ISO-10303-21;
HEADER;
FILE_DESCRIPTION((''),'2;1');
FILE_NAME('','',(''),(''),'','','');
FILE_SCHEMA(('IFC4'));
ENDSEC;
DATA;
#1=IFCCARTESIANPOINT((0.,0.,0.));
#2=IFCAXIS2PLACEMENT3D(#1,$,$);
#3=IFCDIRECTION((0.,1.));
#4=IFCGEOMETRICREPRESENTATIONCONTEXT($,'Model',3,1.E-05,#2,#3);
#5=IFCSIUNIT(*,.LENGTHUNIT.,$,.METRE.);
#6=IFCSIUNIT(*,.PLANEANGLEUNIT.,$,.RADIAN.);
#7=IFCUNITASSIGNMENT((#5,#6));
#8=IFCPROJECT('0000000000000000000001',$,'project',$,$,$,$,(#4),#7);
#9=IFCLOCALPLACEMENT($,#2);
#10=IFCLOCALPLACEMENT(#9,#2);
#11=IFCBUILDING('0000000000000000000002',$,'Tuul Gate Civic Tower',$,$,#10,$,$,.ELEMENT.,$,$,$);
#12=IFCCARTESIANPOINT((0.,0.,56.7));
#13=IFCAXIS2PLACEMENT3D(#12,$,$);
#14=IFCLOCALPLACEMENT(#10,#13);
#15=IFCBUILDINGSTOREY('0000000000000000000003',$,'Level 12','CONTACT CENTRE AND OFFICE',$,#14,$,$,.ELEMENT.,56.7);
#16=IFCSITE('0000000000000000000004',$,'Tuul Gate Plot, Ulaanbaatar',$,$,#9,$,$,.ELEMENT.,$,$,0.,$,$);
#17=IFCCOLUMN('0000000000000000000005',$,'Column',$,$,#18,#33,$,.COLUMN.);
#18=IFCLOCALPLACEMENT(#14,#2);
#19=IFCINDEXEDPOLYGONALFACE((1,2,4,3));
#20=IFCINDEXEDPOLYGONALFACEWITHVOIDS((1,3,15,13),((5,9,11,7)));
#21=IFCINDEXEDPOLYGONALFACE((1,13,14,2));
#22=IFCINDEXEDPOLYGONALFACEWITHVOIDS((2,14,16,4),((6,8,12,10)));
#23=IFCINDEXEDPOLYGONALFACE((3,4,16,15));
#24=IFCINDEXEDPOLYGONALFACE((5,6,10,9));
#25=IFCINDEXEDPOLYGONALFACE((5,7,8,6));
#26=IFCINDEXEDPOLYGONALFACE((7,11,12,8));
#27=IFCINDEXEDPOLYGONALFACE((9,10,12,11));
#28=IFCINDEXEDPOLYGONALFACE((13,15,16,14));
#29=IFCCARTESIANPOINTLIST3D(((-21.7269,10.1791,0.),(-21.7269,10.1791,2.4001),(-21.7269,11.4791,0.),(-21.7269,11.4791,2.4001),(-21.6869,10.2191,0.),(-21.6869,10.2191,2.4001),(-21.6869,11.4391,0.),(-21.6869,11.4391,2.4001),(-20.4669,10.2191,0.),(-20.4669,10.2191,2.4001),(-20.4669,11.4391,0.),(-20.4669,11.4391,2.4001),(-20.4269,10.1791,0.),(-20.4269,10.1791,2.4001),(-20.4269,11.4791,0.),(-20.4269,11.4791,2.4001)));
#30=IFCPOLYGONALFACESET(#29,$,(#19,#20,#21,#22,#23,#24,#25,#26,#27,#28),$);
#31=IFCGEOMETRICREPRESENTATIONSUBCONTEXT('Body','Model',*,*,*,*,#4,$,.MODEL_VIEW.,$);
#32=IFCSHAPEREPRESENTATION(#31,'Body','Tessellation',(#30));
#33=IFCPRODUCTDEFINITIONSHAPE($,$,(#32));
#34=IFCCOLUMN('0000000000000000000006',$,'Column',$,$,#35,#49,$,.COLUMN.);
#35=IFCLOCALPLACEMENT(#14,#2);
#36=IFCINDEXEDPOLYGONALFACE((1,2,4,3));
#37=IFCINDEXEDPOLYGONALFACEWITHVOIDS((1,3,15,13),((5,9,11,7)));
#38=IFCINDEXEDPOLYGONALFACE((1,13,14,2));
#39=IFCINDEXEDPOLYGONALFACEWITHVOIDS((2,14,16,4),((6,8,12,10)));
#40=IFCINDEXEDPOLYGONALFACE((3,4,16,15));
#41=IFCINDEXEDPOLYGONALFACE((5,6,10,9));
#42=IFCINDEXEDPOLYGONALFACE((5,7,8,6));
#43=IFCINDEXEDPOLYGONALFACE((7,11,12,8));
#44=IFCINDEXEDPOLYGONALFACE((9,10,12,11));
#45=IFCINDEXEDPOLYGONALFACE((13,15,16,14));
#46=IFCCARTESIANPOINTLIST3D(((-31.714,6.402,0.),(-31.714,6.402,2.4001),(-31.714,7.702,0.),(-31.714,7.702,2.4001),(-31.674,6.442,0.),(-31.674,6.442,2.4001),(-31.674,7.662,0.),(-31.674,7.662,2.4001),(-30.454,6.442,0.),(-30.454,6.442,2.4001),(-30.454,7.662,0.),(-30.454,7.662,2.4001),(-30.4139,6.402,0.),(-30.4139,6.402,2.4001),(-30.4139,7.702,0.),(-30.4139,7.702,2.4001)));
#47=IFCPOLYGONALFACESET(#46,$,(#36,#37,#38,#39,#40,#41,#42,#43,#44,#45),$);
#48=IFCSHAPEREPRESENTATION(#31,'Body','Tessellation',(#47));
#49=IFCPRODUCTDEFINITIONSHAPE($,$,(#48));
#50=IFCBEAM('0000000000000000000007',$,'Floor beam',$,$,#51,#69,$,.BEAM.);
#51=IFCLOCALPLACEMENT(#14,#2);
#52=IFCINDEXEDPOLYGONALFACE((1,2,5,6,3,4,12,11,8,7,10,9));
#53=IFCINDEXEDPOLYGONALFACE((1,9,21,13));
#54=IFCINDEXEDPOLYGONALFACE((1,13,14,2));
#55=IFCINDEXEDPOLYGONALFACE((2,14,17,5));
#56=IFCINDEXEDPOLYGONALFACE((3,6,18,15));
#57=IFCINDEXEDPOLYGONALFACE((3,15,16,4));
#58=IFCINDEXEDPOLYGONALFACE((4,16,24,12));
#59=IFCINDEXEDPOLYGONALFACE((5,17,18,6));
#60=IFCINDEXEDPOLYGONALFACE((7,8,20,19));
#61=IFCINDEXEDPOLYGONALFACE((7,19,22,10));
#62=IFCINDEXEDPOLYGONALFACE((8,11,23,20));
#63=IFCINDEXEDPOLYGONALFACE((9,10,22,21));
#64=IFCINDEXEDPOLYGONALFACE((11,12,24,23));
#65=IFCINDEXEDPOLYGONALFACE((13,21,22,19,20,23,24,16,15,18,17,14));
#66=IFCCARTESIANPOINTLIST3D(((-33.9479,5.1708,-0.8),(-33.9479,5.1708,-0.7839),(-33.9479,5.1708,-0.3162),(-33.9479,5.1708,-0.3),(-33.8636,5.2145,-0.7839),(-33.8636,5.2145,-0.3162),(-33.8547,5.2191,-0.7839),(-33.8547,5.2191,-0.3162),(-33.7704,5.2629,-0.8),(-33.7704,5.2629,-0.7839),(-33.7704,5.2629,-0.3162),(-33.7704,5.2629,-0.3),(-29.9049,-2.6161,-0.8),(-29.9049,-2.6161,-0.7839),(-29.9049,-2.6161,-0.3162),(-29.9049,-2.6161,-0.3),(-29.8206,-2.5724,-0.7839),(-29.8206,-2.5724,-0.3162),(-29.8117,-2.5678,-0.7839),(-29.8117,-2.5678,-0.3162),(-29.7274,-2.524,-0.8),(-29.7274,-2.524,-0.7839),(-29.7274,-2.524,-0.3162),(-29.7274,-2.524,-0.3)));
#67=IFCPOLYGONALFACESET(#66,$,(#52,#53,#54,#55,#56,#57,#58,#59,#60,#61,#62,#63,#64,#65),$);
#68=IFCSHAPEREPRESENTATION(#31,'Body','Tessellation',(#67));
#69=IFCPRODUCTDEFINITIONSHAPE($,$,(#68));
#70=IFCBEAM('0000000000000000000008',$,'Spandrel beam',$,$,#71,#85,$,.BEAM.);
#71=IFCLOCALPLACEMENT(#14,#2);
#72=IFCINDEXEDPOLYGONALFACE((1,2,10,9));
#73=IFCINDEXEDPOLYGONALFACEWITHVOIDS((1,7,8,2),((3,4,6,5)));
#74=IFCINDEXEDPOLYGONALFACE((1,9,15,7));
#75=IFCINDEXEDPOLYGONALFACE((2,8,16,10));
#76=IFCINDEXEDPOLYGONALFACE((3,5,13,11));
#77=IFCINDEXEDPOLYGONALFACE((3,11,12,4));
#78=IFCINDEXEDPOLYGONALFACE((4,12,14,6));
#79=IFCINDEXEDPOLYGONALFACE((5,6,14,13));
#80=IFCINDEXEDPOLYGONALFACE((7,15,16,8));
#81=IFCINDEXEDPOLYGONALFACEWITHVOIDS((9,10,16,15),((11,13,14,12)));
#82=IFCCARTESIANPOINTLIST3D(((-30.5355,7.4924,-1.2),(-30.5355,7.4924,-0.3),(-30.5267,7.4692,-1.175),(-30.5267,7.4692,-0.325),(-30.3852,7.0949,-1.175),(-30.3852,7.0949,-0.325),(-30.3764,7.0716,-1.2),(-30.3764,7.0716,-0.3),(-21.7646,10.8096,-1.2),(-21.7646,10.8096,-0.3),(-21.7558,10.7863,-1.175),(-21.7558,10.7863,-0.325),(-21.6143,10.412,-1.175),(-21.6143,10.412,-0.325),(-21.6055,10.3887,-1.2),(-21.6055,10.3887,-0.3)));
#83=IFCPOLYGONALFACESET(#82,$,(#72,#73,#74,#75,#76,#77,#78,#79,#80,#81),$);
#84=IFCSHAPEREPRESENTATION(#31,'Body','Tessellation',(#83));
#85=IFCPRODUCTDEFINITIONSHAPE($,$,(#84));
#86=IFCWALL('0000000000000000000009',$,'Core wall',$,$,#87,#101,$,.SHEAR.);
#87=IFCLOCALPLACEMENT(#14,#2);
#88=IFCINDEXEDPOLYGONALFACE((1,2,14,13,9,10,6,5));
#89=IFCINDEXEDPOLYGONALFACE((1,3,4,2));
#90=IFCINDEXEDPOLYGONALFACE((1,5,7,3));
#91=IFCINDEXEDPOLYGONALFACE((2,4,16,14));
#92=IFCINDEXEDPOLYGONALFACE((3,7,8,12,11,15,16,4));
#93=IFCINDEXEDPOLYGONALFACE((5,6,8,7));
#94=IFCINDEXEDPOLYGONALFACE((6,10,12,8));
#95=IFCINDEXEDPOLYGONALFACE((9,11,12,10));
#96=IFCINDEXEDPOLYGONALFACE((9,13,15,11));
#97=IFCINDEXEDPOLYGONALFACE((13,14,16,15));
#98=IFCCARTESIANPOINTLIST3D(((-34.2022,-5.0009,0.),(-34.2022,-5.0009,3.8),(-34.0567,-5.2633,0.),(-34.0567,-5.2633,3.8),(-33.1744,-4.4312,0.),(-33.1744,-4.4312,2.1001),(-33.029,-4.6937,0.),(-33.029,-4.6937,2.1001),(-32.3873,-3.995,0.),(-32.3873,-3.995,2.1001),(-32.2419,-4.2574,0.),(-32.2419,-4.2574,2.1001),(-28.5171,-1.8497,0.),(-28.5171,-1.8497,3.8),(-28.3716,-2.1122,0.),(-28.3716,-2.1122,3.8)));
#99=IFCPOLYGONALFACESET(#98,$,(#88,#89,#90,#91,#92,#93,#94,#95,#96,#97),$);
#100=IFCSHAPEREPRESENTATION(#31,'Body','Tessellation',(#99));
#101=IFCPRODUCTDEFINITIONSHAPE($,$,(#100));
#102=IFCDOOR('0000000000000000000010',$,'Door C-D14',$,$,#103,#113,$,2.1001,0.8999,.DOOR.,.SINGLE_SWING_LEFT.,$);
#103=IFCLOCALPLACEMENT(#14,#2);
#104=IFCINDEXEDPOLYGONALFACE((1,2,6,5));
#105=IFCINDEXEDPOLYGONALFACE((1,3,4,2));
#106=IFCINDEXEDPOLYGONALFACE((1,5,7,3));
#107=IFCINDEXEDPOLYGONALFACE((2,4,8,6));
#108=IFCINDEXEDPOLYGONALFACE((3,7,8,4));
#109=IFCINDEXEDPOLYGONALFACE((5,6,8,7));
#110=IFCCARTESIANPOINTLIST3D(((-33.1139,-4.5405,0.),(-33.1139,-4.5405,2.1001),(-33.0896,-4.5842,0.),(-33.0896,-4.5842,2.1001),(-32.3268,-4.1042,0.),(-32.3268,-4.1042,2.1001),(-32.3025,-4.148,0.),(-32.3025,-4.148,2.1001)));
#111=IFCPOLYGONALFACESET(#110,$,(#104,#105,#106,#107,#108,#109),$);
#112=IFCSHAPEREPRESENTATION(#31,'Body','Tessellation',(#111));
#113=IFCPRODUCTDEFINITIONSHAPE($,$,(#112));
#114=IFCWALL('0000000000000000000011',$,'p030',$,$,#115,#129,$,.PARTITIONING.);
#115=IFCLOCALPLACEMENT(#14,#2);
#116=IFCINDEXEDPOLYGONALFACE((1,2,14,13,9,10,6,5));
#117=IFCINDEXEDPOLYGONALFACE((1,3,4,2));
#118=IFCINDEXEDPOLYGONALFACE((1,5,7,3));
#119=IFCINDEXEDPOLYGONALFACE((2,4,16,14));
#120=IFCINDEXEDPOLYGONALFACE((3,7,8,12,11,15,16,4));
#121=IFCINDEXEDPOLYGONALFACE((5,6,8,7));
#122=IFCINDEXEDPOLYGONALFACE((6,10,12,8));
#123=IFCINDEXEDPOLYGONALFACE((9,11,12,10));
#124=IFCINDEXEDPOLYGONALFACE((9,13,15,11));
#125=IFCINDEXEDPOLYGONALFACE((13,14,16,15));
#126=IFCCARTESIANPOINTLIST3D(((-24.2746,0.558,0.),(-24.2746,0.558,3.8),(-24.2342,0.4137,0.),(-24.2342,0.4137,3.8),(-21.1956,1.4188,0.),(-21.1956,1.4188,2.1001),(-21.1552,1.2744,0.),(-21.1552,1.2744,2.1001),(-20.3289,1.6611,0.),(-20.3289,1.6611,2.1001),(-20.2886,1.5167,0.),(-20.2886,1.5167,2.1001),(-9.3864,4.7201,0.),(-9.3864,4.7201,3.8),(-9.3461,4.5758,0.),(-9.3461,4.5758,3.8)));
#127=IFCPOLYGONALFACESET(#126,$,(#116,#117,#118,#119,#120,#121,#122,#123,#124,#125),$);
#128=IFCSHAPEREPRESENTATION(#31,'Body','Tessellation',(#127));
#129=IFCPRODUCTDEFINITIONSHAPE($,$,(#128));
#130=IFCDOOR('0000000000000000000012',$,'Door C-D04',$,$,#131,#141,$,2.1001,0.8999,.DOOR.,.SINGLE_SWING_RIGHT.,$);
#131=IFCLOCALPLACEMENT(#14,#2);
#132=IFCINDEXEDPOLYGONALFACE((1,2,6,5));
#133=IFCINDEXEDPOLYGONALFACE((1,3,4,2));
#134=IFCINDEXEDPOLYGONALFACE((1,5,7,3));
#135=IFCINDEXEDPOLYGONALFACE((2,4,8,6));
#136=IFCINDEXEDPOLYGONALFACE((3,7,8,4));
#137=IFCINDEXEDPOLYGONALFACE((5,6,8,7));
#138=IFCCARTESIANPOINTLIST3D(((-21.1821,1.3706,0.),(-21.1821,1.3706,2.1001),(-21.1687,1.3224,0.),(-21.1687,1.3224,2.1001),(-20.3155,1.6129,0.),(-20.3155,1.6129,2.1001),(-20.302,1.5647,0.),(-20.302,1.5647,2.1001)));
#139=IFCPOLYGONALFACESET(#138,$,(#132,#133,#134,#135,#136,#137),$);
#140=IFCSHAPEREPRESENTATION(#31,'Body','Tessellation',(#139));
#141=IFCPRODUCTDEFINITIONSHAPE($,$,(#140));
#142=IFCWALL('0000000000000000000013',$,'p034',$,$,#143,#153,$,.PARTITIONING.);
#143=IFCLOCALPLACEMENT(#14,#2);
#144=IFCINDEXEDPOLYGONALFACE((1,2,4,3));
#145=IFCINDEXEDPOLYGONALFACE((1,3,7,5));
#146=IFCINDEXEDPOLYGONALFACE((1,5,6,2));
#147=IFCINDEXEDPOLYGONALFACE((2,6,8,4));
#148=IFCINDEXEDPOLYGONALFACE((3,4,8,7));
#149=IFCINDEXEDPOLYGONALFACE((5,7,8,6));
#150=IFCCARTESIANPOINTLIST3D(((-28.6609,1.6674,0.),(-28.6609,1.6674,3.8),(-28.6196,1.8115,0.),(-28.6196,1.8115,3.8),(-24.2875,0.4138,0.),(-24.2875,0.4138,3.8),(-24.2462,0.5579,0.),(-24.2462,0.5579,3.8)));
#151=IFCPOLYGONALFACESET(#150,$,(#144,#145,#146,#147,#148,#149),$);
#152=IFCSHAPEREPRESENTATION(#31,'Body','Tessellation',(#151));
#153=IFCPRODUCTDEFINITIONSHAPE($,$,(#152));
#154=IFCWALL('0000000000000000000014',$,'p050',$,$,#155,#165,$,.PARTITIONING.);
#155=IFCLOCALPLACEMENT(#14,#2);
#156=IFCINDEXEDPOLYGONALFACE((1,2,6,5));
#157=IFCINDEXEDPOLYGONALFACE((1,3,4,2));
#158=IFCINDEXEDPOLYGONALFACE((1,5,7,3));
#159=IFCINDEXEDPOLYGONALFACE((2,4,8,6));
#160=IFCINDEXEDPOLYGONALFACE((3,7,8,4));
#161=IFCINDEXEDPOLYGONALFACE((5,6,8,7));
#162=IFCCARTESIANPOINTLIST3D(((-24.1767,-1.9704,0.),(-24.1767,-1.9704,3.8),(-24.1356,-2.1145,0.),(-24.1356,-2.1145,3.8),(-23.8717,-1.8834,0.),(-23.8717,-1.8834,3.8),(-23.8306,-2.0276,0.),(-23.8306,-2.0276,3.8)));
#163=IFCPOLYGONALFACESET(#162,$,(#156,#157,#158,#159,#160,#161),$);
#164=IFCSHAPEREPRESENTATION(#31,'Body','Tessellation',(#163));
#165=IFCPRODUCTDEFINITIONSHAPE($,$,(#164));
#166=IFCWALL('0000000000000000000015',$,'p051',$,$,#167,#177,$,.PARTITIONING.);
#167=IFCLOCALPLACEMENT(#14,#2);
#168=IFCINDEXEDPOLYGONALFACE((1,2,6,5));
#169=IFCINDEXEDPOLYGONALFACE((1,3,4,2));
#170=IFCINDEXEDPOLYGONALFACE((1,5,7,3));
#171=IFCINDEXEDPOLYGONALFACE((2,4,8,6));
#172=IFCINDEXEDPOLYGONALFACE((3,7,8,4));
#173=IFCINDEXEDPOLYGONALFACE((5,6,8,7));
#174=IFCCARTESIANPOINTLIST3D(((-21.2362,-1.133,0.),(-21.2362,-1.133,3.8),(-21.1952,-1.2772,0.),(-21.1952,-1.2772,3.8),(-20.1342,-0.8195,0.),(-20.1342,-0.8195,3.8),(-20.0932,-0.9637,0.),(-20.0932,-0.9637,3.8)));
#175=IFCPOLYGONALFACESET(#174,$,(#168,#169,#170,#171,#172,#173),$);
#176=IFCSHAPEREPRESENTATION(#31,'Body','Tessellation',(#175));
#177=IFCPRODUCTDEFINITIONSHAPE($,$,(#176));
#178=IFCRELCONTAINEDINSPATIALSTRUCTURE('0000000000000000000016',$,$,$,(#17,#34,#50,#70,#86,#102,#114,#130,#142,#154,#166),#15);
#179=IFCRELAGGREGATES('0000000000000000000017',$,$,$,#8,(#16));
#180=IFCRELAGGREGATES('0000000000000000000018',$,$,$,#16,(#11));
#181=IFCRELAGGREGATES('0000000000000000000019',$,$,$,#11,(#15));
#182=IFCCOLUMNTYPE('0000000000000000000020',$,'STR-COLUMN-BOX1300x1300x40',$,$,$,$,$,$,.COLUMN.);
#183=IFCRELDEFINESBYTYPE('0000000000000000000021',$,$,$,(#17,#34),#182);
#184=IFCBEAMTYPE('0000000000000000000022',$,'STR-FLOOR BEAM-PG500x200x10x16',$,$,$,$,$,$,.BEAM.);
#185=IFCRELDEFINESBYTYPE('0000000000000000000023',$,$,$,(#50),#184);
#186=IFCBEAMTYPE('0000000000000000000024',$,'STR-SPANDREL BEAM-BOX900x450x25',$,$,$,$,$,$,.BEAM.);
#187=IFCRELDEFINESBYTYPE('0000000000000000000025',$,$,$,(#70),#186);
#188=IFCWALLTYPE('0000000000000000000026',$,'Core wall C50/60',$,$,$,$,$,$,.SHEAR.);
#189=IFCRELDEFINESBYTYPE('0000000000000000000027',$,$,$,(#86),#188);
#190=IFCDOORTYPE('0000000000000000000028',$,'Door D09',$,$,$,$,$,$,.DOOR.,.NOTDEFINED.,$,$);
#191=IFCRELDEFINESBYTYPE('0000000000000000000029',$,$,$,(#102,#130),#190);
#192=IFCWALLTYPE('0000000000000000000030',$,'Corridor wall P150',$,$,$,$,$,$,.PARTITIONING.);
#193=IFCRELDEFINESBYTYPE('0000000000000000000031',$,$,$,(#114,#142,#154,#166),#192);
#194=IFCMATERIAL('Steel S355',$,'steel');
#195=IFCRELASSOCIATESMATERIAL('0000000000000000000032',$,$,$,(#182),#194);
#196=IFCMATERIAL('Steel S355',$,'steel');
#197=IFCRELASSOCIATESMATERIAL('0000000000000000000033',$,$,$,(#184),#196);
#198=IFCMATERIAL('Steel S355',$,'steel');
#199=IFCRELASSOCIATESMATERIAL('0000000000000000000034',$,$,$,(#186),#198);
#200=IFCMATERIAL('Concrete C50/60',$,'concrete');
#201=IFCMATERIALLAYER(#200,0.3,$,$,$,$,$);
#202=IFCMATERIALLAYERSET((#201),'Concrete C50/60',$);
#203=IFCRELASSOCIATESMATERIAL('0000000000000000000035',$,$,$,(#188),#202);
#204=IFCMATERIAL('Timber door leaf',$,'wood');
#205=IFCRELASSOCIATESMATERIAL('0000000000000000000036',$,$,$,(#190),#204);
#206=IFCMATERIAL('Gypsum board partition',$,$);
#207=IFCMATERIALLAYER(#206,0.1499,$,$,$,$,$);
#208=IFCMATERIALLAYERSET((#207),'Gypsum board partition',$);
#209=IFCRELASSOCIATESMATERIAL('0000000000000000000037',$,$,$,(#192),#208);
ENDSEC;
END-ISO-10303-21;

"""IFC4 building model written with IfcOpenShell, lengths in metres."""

from ifc_helpers import new_model, si_unit, direction, frame, frame_2d, origin, origin_2d, place, context, subcontext, project, spatial, rectangle, hollow_rectangle, i_section, extrude, material, layer, layer_set, material_profile, profile_set, type_object, element, fill, save


model = new_model("IFC4")

# Units and contexts
model_context = context("Model", 3, precision=1e-05, world=origin(), true_north=direction((0.0, 1.0)))
body_context = subcontext(model_context, "Body", "Model", "MODEL_VIEW")
ifc_project = project(units=[si_unit("LENGTHUNIT", "METRE"), si_unit("PLANEANGLEUNIT", "RADIAN")], contexts=[model_context])

# Site, building, storey
site_placement = place(None, origin())
site = spatial("IfcSite", under=ifc_project, at=site_placement, Name="Tuul Gate Plot, Ulaanbaatar", CompositionType="ELEMENT", RefElevation=0.0)
building_placement = place(site_placement, origin())
building = spatial("IfcBuilding", under=site, at=building_placement, Name="Tuul Gate Civic Tower", CompositionType="ELEMENT")
storey_placement = place(building_placement, frame((0.0, 0.0, 56.7)))
storey = spatial("IfcBuildingStorey", under=building, at=storey_placement, Name="Level 12", Description="CONTACT CENTRE AND OFFICE", CompositionType="ELEMENT", Elevation=56.7)

# Columns
ifc_material_1 = material(Name="Steel S355", Category="steel")
ifc_material_profile_1 = material_profile(ifc_material_1, hollow_rectangle(XDim=1.3, YDim=1.3, WallThickness=0.04, at=origin_2d()), Name="BOX1300x1300x40")
ifc_profile_set_1 = profile_set([ifc_material_profile_1], Name="Steel S355")
column_type = type_object("IfcColumnType", Name="STR-COLUMN-BOX1300x1300x40", PredefinedType="COLUMN", material=ifc_profile_set_1)
for number, where, z_axis, x_axis, name in (
    (1, (-21.0769, 10.8291, 0.0), (0.0, 0.0, 1.0), (1.0, 0.0, 0.0), "Column"),
    (2, (-31.064, 7.052, 0.0), (0.0, 0.0, 1.0), (1.0, 0.0, 0.0), "Column"),
):
    element("IfcColumn", number, at=place(storey_placement, frame(where, z_axis=z_axis, x_axis=x_axis)), inside=storey, type_object=column_type, Name=name, PredefinedType="COLUMN", context=body_context, shape_type="SweptSolid", body=[
        extrude(hollow_rectangle(XDim=1.3, YDim=1.3, WallThickness=0.04, at=origin_2d()), origin(), (0.0, 0.0, 1.0), 2.4001),
    ])

# Beams
ifc_material_2 = material(Name="Steel S355", Category="steel")
ifc_material_profile_2 = material_profile(ifc_material_2, i_section(OverallWidth=0.2, OverallDepth=0.5, WebThickness=0.01, FlangeThickness=0.0161, at=origin_2d()), Name="PG500x200x10x16")
ifc_profile_set_2 = profile_set([ifc_material_profile_2], Name="Steel S355")
beam_type_1 = type_object("IfcBeamType", Name="STR-FLOOR BEAM-PG500x200x10x16", PredefinedType="BEAM", material=ifc_profile_set_2)
beam_1_placement = place(storey_placement, frame((-29.8162, -2.5701, -0.55), z_axis=(-0.460796, 0.887506, 0.0), x_axis=(-0.887506, -0.460796, 0.0)))
element("IfcBeam", 3, at=beam_1_placement, inside=storey, type_object=beam_type_1, Name="Floor beam", PredefinedType="BEAM", context=body_context, shape_type="SweptSolid", body=[
    extrude(i_section(OverallWidth=0.2, OverallDepth=0.5, WebThickness=0.01, FlangeThickness=0.0161, at=origin_2d()), origin(), (0.0, 0.0, 1.0), 8.7739),
])
ifc_material_3 = material(Name="Steel S355", Category="steel")
ifc_material_profile_3 = material_profile(ifc_material_3, hollow_rectangle(XDim=0.45, YDim=0.8999, WallThickness=0.0249, at=origin_2d()), Name="BOX900x450x25")
ifc_profile_set_3 = profile_set([ifc_material_profile_3], Name="Steel S355")
beam_type_2 = type_object("IfcBeamType", Name="STR-SPANDREL BEAM-BOX900x450x25", PredefinedType="BEAM", material=ifc_profile_set_3)
beam_2_placement = place(storey_placement, frame((-21.6851, 10.5991, -0.75), z_axis=(-0.935343, -0.353741, 0.0), x_axis=(0.353741, -0.935343, 0.0)))
element("IfcBeam", 4, at=beam_2_placement, inside=storey, type_object=beam_type_2, Name="Spandrel beam", PredefinedType="BEAM", context=body_context, shape_type="SweptSolid", body=[
    extrude(hollow_rectangle(XDim=0.45, YDim=0.8999, WallThickness=0.0249, at=origin_2d()), origin(), (0.0, 0.0, 1.0), 9.3772),
])

# Walls, openings, doors
ifc_material_4 = material(Name="Concrete C50/60", Category="concrete")
ifc_layer_1 = layer(ifc_material_4, 0.3)
ifc_layer_set_1 = layer_set([ifc_layer_1], Name="Concrete C50/60")
wall_type_1 = type_object("IfcWallType", Name="Core wall C50/60", PredefinedType="SHEAR", material=ifc_layer_set_1)
wall_1_placement = place(storey_placement, frame((-28.4443, -1.981, 0.0), z_axis=(0.0, 0.0, 1.0), x_axis=(-0.87463, -0.484791, 0.0)))
wall_1 = element("IfcWall", 5, at=wall_1_placement, inside=storey, type_object=wall_type_1, Name="Core wall", PredefinedType="SHEAR", context=body_context, shape_type="SweptSolid", body=[
    extrude(rectangle(XDim=6.5, YDim=0.3, at=frame_2d((3.25, 0.0))), origin(), (0.0, 0.0, 1.0), 3.8),
])
opening_1_placement = place(wall_1_placement, frame((4.425, 0.0, 0.0)))
opening_1 = element("IfcOpeningElement", 6, at=opening_1_placement, cuts=wall_1, PredefinedType="OPENING", context=body_context, shape_type="SweptSolid", body=[
    extrude(rectangle(XDim=0.8999, YDim=2.1001, at=frame_2d((0.45, 1.05))), frame((0.0, 0.1602, 0.0), z_axis=(0.0, -1.0, 0.0), x_axis=(1.0, 0.0, 0.0)), (0.0, 0.0, 1.0), 0.3201),
])
ifc_material_5 = material(Name="Timber door leaf", Category="wood")
door_type = type_object("IfcDoorType", Name="Door D09", OperationType="NOTDEFINED", PredefinedType="DOOR", material=ifc_material_5)
door_1_placement = place(opening_1_placement, origin())
door_1 = element("IfcDoor", 7, at=door_1_placement, inside=storey, type_object=door_type, Name="Door C-D14", OperationType="SINGLE_SWING_LEFT", OverallHeight=2.1001, OverallWidth=0.8999, PredefinedType="DOOR", context=body_context, shape_type="SweptSolid", body=[
    extrude(rectangle(XDim=0.8999, YDim=2.1001, at=frame_2d((0.45, 1.05))), frame((0.0, 0.0249, 0.0), z_axis=(0.0, -1.0, 0.0), x_axis=(1.0, 0.0, 0.0)), (0.0, 0.0, 1.0), 0.05),
])
fill(opening_1, door_1)
ifc_material_6 = material(Name="Gypsum board partition")
ifc_layer_2 = layer(ifc_material_6, 0.1499)
ifc_layer_set_2 = layer_set([ifc_layer_2], Name="Gypsum board partition")
wall_type_2 = type_object("IfcWallType", Name="Corridor wall P150", PredefinedType="PARTITIONING", material=ifc_layer_set_2)
wall_2_placement = place(storey_placement, frame((-24.2544, 0.4858, 0.0), z_axis=(0.0, 0.0, 1.0), x_axis=(0.963074, 0.269235, 0.0)))
wall_2 = element("IfcWall", 8, at=wall_2_placement, inside=storey, type_object=wall_type_2, Name="p030", PredefinedType="PARTITIONING", context=body_context, shape_type="SweptSolid", body=[
    extrude(rectangle(XDim=15.459, YDim=0.1499, at=frame_2d((7.7295, 0.0))), origin(), (0.0, 0.0, 1.0), 3.8),
])
opening_2_placement = place(wall_2_placement, frame((3.197, 0.0, 0.0)))
opening_2 = element("IfcOpeningElement", 9, at=opening_2_placement, cuts=wall_2, PredefinedType="OPENING", context=body_context, shape_type="SweptSolid", body=[
    extrude(rectangle(XDim=0.8999, YDim=2.1001, at=frame_2d((0.45, 1.05))), frame((0.0, 0.085, 0.0), z_axis=(0.0, -1.0, 0.0), x_axis=(1.0, 0.0, 0.0)), (0.0, 0.0, 1.0), 0.1699),
])
door_2_placement = place(opening_2_placement, origin())
door_2 = element("IfcDoor", 10, at=door_2_placement, inside=storey, type_object=door_type, Name="Door C-D04", OperationType="SINGLE_SWING_RIGHT", OverallHeight=2.1001, OverallWidth=0.8999, PredefinedType="DOOR", context=body_context, shape_type="SweptSolid", body=[
    extrude(rectangle(XDim=0.8999, YDim=2.1001, at=frame_2d((0.45, 1.05))), frame((0.0, 0.0249, 0.0), z_axis=(0.0, -1.0, 0.0), x_axis=(1.0, 0.0, 0.0)), (0.0, 0.0, 1.0), 0.05),
])
fill(opening_2, door_2)

# Walls
wall_3_placement = place(storey_placement, frame((-28.6404, 1.7395, 0.0), z_axis=(0.0, 0.0, 1.0), x_axis=(0.961287, -0.27555, 0.0)))
element("IfcWall", 11, at=wall_3_placement, inside=storey, type_object=wall_type_2, Name="p034", PredefinedType="PARTITIONING", context=body_context, shape_type="SweptSolid", body=[
    extrude(rectangle(XDim=4.5496, YDim=0.1499, at=frame_2d((2.2749, 0.0))), origin(), (0.0, 0.0, 1.0), 3.8),
])
wall_4_placement = place(storey_placement, frame((-24.1562, -2.0425, 0.0), z_axis=(0.0, 0.0, 1.0), x_axis=(0.961698, 0.274111, 0.0)))
element("IfcWall", 12, at=wall_4_placement, inside=storey, type_object=wall_type_2, Name="p050", PredefinedType="PARTITIONING", context=body_context, shape_type="SweptSolid", body=[
    extrude(rectangle(XDim=0.3171, YDim=0.1499, at=frame_2d((0.1587, 0.0))), origin(), (0.0, 0.0, 1.0), 3.8),
])
wall_5_placement = place(storey_placement, frame((-21.2156, -1.2051, 0.0), z_axis=(0.0, 0.0, 1.0), x_axis=(0.961845, 0.273595, 0.0)))
element("IfcWall", 13, at=wall_5_placement, inside=storey, type_object=wall_type_2, Name="p051", PredefinedType="PARTITIONING", context=body_context, shape_type="SweptSolid", body=[
    extrude(rectangle(XDim=1.1458, YDim=0.1499, at=frame_2d((0.5728, 0.0))), origin(), (0.0, 0.0, 1.0), 3.8),
])

save(model, "model.ifc")
